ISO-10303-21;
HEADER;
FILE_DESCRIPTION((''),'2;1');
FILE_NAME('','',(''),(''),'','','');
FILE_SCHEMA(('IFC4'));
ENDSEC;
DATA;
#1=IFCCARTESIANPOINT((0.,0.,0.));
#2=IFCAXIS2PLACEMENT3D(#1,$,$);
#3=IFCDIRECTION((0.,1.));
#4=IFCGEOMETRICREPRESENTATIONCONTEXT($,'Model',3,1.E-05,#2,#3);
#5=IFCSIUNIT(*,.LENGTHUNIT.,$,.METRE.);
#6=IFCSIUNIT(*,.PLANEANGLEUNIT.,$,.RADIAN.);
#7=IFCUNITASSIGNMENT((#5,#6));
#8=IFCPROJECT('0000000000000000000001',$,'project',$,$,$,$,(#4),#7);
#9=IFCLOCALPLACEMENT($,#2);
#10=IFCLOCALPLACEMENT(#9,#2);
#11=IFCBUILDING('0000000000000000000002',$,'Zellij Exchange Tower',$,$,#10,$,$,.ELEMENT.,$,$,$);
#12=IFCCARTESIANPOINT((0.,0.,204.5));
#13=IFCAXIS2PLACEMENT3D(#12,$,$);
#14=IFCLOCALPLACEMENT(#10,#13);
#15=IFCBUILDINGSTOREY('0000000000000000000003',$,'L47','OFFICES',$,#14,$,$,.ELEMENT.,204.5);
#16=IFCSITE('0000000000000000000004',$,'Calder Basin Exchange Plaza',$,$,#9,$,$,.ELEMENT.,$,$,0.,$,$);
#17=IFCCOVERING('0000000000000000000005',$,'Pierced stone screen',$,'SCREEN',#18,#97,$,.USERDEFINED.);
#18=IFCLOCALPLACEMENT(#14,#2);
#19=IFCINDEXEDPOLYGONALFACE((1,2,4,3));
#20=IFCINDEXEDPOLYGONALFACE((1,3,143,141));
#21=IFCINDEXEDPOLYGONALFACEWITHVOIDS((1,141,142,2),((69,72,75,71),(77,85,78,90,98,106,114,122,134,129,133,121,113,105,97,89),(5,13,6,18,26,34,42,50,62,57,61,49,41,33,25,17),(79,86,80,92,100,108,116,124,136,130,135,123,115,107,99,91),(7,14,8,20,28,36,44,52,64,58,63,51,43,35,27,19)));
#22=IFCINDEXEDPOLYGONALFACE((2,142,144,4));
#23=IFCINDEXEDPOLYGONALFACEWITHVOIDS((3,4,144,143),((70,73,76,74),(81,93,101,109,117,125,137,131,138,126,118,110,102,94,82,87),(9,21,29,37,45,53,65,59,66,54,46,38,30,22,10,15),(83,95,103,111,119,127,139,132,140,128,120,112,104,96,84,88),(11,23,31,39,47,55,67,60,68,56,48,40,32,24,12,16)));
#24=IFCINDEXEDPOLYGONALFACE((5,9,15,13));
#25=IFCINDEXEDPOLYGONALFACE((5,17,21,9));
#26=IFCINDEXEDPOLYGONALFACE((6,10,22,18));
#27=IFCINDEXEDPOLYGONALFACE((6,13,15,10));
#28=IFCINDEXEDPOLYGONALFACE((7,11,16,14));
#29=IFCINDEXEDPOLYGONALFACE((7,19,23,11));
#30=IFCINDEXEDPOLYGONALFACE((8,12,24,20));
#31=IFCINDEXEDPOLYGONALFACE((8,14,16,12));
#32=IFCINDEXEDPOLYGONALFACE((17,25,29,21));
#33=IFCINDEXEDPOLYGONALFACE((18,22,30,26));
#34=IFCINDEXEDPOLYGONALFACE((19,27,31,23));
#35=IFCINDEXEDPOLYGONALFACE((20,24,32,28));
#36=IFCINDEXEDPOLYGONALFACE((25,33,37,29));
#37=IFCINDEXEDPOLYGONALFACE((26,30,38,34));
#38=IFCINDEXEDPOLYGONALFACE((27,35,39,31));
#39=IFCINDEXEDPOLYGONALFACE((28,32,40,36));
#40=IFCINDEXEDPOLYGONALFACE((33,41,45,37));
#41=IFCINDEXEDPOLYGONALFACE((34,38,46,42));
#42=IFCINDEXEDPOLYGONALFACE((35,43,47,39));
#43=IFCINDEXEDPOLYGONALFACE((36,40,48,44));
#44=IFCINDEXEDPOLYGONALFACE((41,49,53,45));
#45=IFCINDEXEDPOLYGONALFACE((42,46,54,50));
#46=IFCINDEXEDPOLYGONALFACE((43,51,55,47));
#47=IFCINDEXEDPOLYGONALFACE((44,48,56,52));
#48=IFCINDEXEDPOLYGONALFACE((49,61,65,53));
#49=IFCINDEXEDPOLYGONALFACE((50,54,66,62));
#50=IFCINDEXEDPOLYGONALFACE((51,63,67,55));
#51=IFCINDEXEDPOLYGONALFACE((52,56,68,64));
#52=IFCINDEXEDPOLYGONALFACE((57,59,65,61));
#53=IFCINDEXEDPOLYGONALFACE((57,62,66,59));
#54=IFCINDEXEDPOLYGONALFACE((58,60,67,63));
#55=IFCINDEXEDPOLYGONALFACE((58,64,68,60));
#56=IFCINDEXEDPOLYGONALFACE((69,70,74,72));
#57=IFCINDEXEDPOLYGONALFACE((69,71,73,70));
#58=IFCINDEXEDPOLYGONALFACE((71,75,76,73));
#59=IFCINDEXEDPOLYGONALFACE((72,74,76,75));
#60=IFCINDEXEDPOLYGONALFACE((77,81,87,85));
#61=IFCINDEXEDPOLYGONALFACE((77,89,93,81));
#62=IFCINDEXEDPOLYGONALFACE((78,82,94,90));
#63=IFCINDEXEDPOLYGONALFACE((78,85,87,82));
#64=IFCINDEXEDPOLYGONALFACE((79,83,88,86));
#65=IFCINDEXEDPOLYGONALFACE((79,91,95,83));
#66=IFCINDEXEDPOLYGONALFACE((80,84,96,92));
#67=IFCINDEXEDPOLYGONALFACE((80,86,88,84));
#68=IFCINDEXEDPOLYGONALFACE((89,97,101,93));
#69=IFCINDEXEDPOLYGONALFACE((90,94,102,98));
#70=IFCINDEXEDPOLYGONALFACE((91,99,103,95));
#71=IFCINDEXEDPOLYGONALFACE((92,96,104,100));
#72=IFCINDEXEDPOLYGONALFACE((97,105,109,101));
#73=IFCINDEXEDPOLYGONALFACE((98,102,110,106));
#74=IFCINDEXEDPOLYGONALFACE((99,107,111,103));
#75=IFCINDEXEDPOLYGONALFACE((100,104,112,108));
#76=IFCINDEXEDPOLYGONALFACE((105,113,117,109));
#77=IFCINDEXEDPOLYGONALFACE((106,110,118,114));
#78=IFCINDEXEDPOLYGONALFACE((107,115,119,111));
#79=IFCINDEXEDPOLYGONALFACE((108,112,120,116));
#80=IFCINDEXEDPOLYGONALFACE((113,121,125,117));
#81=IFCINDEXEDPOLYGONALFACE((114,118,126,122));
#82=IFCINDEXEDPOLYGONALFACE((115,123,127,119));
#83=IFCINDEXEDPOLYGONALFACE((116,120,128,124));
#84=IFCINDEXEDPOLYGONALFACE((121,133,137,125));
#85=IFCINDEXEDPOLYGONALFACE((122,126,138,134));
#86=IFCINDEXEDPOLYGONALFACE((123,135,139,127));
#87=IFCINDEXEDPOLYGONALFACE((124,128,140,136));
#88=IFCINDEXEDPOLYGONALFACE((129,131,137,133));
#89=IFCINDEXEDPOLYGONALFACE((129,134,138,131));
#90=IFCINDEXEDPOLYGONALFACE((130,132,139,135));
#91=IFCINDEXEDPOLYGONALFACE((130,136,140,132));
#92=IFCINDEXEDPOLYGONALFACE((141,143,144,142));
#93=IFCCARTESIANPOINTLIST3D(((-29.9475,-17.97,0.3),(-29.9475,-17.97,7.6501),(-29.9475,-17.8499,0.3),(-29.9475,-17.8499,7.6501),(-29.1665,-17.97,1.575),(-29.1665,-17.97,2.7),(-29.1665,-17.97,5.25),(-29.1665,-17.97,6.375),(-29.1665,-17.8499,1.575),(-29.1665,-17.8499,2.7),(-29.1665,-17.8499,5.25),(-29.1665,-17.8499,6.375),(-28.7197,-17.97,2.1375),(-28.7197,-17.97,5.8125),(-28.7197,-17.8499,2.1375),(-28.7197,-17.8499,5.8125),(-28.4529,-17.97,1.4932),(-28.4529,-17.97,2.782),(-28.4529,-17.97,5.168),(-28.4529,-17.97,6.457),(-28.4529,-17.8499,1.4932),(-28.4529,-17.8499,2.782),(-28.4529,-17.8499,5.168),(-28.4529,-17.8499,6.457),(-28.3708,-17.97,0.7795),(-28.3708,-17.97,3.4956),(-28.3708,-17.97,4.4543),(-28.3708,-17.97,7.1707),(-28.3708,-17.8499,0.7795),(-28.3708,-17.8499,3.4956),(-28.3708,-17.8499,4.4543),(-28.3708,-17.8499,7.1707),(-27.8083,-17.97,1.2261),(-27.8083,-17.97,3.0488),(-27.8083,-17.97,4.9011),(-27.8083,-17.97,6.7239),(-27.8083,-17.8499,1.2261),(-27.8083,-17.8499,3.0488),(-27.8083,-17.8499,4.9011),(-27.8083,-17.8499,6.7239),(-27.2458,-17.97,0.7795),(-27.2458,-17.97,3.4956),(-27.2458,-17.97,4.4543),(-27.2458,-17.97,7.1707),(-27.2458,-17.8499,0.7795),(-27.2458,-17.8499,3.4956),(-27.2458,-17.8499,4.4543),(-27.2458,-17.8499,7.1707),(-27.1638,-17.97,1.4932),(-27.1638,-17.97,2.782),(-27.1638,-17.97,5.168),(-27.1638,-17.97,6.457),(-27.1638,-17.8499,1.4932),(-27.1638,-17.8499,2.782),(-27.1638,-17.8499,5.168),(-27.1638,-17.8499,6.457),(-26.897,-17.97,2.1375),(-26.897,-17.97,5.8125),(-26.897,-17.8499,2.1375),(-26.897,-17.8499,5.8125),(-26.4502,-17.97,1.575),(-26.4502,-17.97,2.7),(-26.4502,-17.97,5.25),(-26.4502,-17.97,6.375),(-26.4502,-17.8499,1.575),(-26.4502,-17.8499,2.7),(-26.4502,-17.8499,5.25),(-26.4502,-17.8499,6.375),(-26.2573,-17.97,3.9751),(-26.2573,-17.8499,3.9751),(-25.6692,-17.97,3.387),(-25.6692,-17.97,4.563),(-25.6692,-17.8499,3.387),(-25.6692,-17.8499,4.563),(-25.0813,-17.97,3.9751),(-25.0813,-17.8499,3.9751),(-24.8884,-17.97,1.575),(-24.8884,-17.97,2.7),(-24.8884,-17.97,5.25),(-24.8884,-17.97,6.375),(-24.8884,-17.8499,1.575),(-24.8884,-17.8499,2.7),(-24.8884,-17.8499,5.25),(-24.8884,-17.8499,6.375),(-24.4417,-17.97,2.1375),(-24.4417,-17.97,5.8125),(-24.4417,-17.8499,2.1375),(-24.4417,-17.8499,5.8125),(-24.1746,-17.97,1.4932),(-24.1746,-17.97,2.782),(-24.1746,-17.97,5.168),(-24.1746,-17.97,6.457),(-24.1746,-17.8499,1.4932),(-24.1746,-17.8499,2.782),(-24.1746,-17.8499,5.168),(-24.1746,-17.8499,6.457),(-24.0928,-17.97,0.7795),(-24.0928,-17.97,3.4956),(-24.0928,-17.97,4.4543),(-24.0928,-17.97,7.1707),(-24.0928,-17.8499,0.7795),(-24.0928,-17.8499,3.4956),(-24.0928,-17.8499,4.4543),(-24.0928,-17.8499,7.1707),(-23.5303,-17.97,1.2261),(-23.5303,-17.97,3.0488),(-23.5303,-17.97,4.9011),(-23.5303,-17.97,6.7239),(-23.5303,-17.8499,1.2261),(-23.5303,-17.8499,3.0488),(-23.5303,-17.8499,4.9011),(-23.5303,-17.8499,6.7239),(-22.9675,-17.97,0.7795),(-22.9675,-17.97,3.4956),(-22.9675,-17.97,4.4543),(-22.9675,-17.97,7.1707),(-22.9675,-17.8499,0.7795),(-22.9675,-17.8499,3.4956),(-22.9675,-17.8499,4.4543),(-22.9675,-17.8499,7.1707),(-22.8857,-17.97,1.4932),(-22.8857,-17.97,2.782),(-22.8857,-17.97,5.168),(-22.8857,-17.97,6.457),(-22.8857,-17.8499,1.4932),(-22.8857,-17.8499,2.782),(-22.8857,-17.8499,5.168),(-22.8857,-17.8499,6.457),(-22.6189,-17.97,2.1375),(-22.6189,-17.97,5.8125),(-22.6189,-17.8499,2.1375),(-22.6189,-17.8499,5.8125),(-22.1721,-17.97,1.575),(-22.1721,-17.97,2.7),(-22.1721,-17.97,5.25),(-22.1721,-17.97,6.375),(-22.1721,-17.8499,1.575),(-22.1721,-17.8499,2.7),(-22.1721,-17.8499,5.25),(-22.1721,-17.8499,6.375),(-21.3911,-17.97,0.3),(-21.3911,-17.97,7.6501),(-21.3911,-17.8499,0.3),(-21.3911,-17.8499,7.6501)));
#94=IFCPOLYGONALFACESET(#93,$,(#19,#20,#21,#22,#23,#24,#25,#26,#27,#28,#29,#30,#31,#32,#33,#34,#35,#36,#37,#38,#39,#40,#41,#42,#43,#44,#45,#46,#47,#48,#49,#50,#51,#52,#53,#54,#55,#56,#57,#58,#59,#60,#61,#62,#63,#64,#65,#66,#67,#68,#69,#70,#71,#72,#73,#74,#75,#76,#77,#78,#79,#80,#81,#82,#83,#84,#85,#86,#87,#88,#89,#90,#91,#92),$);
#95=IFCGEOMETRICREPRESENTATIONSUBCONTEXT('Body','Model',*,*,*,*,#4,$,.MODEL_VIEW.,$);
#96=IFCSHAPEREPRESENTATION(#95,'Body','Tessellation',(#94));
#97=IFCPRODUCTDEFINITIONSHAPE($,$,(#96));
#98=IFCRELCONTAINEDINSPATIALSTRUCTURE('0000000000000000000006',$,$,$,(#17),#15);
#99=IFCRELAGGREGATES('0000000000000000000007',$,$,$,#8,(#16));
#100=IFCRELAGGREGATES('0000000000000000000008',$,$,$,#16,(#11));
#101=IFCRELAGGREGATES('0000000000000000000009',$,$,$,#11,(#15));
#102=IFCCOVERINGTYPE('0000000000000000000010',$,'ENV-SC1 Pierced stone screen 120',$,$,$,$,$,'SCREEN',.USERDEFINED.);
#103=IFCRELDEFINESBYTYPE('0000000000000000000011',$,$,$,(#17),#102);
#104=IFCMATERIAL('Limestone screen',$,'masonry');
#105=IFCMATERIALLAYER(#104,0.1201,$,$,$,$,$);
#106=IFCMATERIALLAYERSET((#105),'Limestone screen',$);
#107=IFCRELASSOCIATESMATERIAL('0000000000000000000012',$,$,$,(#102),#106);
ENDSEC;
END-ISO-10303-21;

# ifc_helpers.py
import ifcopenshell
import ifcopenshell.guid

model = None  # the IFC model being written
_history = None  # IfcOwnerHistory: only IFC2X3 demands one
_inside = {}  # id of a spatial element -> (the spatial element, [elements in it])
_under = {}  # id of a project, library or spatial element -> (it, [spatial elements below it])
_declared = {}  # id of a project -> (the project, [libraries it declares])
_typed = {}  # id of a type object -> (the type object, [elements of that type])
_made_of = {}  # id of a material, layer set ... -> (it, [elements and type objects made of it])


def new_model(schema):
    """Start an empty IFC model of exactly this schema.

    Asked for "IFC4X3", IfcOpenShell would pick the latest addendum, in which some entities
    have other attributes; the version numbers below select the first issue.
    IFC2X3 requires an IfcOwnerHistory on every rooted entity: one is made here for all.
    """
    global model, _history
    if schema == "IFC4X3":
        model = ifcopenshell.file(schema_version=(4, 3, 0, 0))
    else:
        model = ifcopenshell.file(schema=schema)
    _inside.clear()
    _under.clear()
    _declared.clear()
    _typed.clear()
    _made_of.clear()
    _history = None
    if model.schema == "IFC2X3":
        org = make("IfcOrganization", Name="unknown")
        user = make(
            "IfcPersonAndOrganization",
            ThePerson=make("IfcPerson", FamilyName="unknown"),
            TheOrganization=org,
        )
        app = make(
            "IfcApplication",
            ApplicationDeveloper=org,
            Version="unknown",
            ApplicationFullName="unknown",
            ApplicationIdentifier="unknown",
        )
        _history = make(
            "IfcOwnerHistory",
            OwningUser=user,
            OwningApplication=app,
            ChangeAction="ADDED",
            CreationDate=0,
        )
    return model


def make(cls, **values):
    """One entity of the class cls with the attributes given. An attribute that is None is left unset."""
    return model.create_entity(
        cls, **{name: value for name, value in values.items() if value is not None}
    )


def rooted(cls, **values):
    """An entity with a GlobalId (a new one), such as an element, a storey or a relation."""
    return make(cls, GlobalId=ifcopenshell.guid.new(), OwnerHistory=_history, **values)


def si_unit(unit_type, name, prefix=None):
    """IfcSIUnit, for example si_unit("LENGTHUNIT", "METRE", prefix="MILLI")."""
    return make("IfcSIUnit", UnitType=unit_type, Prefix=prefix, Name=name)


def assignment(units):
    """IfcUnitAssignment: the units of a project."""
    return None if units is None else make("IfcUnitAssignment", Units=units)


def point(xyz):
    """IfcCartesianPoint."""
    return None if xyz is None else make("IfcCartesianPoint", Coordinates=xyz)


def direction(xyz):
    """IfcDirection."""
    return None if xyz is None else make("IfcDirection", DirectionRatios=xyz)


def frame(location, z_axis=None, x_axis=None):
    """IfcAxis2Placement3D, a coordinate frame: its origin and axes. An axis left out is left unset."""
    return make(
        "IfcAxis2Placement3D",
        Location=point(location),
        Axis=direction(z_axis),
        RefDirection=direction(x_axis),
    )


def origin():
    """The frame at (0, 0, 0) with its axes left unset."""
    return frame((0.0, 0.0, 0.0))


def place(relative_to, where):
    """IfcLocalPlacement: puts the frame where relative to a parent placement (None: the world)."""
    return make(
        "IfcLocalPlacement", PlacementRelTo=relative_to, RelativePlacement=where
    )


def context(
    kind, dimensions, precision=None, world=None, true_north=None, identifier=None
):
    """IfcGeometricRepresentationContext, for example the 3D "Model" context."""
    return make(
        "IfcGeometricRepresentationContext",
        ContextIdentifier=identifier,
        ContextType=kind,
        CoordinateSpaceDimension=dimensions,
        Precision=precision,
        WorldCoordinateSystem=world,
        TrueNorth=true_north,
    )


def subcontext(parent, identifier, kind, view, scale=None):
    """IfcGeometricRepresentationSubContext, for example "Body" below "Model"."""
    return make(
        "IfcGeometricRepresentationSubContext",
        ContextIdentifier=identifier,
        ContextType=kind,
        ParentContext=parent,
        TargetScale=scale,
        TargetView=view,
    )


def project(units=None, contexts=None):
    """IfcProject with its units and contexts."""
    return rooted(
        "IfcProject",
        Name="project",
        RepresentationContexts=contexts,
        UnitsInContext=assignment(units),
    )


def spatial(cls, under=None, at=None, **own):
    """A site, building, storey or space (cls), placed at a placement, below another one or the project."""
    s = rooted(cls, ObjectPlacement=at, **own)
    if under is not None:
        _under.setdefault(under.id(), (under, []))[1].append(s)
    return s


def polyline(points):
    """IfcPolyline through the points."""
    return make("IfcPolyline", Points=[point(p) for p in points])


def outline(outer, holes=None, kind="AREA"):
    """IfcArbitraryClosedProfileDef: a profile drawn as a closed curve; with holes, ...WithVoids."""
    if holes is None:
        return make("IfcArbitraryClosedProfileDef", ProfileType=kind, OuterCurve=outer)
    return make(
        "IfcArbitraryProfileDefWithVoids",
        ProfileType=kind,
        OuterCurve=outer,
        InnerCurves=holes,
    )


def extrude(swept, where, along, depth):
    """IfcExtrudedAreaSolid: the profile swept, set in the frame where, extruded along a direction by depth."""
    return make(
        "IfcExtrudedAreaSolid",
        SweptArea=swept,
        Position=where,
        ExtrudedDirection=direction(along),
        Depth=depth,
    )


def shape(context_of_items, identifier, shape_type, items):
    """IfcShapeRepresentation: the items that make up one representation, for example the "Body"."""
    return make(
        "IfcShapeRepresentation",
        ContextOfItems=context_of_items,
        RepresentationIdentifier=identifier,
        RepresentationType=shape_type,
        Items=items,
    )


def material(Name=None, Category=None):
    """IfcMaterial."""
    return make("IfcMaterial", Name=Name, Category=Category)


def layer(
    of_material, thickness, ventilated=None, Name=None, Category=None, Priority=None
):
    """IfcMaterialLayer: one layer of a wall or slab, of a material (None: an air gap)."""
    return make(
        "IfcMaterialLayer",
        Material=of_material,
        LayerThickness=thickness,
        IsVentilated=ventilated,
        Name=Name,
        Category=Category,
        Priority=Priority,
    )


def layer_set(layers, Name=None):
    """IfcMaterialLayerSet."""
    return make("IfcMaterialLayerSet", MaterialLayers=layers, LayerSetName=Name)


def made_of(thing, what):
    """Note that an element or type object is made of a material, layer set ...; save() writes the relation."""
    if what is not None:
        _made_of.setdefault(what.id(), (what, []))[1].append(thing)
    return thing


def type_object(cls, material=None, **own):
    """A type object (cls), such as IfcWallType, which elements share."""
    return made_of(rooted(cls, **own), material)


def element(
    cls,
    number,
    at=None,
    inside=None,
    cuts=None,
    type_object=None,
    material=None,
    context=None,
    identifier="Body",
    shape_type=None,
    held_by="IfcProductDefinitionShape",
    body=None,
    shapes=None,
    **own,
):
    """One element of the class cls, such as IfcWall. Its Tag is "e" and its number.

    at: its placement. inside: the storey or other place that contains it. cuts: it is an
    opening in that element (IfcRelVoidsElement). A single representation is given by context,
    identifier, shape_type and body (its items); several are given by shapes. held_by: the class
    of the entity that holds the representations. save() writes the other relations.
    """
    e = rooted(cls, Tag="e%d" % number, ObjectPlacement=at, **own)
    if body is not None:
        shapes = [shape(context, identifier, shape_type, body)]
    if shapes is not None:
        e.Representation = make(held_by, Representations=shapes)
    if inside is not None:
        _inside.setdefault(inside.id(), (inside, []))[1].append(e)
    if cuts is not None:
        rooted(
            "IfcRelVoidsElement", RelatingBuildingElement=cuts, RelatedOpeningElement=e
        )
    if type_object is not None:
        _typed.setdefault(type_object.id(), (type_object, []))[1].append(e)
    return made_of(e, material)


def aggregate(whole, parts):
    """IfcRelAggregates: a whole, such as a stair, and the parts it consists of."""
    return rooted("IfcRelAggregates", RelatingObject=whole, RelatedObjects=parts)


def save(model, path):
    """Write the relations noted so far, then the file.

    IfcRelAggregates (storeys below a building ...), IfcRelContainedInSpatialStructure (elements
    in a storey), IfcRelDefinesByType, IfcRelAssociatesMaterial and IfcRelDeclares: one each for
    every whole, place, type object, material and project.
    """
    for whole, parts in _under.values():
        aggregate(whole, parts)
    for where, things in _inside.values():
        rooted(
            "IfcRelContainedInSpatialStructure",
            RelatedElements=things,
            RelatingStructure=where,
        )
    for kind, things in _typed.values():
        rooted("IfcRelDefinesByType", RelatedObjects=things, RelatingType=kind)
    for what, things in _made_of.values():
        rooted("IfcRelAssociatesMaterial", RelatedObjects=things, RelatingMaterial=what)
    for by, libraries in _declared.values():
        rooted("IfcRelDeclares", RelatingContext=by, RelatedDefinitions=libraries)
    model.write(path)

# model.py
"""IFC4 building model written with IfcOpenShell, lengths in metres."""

from ifc_helpers import new_model, si_unit, direction, frame, origin, place, context, subcontext, project, spatial, polyline, outline, extrude, material, layer, layer_set, type_object, element, save


model = new_model("IFC4")

# Units and contexts
model_context = context("Model", 3, precision=1e-05, world=origin(), true_north=direction((0.0, 1.0)))
body_context = subcontext(model_context, "Body", "Model", "MODEL_VIEW")
ifc_project = project(units=[si_unit("LENGTHUNIT", "METRE"), si_unit("PLANEANGLEUNIT", "RADIAN")], contexts=[model_context])

# Site, building, storey
site_placement = place(None, origin())
site = spatial("IfcSite", under=ifc_project, at=site_placement, Name="Calder Basin Exchange Plaza", CompositionType="ELEMENT", RefElevation=0.0)
building_placement = place(site_placement, origin())
building = spatial("IfcBuilding", under=site, at=building_placement, Name="Zellij Exchange Tower", CompositionType="ELEMENT")
storey_placement = place(building_placement, frame((0.0, 0.0, 204.5)))
storey = spatial("IfcBuildingStorey", under=building, at=storey_placement, Name="L47", Description="OFFICES", CompositionType="ELEMENT", Elevation=204.5)

# Covering
ifc_material_1 = material(Name="Limestone screen", Category="masonry")
ifc_layer_1 = layer(ifc_material_1, 0.1201)
ifc_layer_set_1 = layer_set([ifc_layer_1], Name="Limestone screen")
covering_type = type_object("IfcCoveringType", Name="ENV-SC1 Pierced stone screen 120", ElementType="SCREEN", PredefinedType="USERDEFINED", material=ifc_layer_set_1)
covering_placement = place(storey_placement, frame((-29.9475, -17.9099, 0.3), z_axis=(0.0, 0.0, 1.0), x_axis=(1.0, 0.0, 0.0)))
element("IfcCovering", 1, at=covering_placement, inside=storey, type_object=covering_type, Name="Pierced stone screen", ObjectType="SCREEN", PredefinedType="USERDEFINED", context=body_context, shape_type="SweptSolid", body=[
    extrude(outline(polyline([(0.0, 0.0), (8.5564, 0.0), (8.5564, 7.3501), (0.0, 7.3501), (0.0, 0.0)]), holes=[polyline([(3.4973, 2.3999), (2.7837, 2.4819), (2.7017, 3.1956), (2.1392, 2.7488), (1.5767, 3.1956), (1.4946, 2.4819), (0.781, 2.3999), (1.2278, 1.8374), (0.781, 1.2749), (1.4946, 1.1931), (1.5767, 0.4795), (2.1392, 0.926), (2.7017, 0.4795), (2.7837, 1.1931), (3.4973, 1.2749), (3.0505, 1.8374), (3.4973, 2.3999)]), polyline([(3.4973, 6.075), (2.7837, 6.157), (2.7017, 6.8706), (2.1392, 6.4238), (1.5767, 6.8706), (1.4946, 6.157), (0.781, 6.075), (1.2278, 5.5125), (0.781, 4.95), (1.4946, 4.8679), (1.5767, 4.1543), (2.1392, 4.6011), (2.7017, 4.1543), (2.7837, 4.8679), (3.4973, 4.95), (3.0505, 5.5125), (3.4973, 6.075)]), polyline([(7.7754, 2.3999), (7.0618, 2.4819), (6.98, 3.1956), (6.4172, 2.7488), (5.8547, 3.1956), (5.7729, 2.4819), (5.0591, 2.3999), (5.5059, 1.8374), (5.0591, 1.2749), (5.7729, 1.1931), (5.8547, 0.4795), (6.4172, 0.926), (6.98, 0.4795), (7.0618, 1.1931), (7.7754, 1.2749), (7.3286, 1.8374), (7.7754, 2.3999)]), polyline([(7.7754, 6.075), (7.0618, 6.157), (6.98, 6.8706), (6.4172, 6.4238), (5.8547, 6.8706), (5.7729, 6.157), (5.0591, 6.075), (5.5059, 5.5125), (5.0591, 4.95), (5.7729, 4.8679), (5.8547, 4.1543), (6.4172, 4.6011), (6.98, 4.1543), (7.0618, 4.8679), (7.7754, 4.95), (7.3286, 5.5125), (7.7754, 6.075)]), polyline([(4.8662, 3.675), (4.2783, 4.2629), (3.6902, 3.675), (4.2783, 3.0869), (4.8662, 3.675)])]), frame((0.0, 0.0601, 0.0), z_axis=(0.0, -1.0, 0.0), x_axis=(1.0, 0.0, 0.0)), (0.0, 0.0, 1.0), 0.1201),
])

save(model, "model.ifc")
